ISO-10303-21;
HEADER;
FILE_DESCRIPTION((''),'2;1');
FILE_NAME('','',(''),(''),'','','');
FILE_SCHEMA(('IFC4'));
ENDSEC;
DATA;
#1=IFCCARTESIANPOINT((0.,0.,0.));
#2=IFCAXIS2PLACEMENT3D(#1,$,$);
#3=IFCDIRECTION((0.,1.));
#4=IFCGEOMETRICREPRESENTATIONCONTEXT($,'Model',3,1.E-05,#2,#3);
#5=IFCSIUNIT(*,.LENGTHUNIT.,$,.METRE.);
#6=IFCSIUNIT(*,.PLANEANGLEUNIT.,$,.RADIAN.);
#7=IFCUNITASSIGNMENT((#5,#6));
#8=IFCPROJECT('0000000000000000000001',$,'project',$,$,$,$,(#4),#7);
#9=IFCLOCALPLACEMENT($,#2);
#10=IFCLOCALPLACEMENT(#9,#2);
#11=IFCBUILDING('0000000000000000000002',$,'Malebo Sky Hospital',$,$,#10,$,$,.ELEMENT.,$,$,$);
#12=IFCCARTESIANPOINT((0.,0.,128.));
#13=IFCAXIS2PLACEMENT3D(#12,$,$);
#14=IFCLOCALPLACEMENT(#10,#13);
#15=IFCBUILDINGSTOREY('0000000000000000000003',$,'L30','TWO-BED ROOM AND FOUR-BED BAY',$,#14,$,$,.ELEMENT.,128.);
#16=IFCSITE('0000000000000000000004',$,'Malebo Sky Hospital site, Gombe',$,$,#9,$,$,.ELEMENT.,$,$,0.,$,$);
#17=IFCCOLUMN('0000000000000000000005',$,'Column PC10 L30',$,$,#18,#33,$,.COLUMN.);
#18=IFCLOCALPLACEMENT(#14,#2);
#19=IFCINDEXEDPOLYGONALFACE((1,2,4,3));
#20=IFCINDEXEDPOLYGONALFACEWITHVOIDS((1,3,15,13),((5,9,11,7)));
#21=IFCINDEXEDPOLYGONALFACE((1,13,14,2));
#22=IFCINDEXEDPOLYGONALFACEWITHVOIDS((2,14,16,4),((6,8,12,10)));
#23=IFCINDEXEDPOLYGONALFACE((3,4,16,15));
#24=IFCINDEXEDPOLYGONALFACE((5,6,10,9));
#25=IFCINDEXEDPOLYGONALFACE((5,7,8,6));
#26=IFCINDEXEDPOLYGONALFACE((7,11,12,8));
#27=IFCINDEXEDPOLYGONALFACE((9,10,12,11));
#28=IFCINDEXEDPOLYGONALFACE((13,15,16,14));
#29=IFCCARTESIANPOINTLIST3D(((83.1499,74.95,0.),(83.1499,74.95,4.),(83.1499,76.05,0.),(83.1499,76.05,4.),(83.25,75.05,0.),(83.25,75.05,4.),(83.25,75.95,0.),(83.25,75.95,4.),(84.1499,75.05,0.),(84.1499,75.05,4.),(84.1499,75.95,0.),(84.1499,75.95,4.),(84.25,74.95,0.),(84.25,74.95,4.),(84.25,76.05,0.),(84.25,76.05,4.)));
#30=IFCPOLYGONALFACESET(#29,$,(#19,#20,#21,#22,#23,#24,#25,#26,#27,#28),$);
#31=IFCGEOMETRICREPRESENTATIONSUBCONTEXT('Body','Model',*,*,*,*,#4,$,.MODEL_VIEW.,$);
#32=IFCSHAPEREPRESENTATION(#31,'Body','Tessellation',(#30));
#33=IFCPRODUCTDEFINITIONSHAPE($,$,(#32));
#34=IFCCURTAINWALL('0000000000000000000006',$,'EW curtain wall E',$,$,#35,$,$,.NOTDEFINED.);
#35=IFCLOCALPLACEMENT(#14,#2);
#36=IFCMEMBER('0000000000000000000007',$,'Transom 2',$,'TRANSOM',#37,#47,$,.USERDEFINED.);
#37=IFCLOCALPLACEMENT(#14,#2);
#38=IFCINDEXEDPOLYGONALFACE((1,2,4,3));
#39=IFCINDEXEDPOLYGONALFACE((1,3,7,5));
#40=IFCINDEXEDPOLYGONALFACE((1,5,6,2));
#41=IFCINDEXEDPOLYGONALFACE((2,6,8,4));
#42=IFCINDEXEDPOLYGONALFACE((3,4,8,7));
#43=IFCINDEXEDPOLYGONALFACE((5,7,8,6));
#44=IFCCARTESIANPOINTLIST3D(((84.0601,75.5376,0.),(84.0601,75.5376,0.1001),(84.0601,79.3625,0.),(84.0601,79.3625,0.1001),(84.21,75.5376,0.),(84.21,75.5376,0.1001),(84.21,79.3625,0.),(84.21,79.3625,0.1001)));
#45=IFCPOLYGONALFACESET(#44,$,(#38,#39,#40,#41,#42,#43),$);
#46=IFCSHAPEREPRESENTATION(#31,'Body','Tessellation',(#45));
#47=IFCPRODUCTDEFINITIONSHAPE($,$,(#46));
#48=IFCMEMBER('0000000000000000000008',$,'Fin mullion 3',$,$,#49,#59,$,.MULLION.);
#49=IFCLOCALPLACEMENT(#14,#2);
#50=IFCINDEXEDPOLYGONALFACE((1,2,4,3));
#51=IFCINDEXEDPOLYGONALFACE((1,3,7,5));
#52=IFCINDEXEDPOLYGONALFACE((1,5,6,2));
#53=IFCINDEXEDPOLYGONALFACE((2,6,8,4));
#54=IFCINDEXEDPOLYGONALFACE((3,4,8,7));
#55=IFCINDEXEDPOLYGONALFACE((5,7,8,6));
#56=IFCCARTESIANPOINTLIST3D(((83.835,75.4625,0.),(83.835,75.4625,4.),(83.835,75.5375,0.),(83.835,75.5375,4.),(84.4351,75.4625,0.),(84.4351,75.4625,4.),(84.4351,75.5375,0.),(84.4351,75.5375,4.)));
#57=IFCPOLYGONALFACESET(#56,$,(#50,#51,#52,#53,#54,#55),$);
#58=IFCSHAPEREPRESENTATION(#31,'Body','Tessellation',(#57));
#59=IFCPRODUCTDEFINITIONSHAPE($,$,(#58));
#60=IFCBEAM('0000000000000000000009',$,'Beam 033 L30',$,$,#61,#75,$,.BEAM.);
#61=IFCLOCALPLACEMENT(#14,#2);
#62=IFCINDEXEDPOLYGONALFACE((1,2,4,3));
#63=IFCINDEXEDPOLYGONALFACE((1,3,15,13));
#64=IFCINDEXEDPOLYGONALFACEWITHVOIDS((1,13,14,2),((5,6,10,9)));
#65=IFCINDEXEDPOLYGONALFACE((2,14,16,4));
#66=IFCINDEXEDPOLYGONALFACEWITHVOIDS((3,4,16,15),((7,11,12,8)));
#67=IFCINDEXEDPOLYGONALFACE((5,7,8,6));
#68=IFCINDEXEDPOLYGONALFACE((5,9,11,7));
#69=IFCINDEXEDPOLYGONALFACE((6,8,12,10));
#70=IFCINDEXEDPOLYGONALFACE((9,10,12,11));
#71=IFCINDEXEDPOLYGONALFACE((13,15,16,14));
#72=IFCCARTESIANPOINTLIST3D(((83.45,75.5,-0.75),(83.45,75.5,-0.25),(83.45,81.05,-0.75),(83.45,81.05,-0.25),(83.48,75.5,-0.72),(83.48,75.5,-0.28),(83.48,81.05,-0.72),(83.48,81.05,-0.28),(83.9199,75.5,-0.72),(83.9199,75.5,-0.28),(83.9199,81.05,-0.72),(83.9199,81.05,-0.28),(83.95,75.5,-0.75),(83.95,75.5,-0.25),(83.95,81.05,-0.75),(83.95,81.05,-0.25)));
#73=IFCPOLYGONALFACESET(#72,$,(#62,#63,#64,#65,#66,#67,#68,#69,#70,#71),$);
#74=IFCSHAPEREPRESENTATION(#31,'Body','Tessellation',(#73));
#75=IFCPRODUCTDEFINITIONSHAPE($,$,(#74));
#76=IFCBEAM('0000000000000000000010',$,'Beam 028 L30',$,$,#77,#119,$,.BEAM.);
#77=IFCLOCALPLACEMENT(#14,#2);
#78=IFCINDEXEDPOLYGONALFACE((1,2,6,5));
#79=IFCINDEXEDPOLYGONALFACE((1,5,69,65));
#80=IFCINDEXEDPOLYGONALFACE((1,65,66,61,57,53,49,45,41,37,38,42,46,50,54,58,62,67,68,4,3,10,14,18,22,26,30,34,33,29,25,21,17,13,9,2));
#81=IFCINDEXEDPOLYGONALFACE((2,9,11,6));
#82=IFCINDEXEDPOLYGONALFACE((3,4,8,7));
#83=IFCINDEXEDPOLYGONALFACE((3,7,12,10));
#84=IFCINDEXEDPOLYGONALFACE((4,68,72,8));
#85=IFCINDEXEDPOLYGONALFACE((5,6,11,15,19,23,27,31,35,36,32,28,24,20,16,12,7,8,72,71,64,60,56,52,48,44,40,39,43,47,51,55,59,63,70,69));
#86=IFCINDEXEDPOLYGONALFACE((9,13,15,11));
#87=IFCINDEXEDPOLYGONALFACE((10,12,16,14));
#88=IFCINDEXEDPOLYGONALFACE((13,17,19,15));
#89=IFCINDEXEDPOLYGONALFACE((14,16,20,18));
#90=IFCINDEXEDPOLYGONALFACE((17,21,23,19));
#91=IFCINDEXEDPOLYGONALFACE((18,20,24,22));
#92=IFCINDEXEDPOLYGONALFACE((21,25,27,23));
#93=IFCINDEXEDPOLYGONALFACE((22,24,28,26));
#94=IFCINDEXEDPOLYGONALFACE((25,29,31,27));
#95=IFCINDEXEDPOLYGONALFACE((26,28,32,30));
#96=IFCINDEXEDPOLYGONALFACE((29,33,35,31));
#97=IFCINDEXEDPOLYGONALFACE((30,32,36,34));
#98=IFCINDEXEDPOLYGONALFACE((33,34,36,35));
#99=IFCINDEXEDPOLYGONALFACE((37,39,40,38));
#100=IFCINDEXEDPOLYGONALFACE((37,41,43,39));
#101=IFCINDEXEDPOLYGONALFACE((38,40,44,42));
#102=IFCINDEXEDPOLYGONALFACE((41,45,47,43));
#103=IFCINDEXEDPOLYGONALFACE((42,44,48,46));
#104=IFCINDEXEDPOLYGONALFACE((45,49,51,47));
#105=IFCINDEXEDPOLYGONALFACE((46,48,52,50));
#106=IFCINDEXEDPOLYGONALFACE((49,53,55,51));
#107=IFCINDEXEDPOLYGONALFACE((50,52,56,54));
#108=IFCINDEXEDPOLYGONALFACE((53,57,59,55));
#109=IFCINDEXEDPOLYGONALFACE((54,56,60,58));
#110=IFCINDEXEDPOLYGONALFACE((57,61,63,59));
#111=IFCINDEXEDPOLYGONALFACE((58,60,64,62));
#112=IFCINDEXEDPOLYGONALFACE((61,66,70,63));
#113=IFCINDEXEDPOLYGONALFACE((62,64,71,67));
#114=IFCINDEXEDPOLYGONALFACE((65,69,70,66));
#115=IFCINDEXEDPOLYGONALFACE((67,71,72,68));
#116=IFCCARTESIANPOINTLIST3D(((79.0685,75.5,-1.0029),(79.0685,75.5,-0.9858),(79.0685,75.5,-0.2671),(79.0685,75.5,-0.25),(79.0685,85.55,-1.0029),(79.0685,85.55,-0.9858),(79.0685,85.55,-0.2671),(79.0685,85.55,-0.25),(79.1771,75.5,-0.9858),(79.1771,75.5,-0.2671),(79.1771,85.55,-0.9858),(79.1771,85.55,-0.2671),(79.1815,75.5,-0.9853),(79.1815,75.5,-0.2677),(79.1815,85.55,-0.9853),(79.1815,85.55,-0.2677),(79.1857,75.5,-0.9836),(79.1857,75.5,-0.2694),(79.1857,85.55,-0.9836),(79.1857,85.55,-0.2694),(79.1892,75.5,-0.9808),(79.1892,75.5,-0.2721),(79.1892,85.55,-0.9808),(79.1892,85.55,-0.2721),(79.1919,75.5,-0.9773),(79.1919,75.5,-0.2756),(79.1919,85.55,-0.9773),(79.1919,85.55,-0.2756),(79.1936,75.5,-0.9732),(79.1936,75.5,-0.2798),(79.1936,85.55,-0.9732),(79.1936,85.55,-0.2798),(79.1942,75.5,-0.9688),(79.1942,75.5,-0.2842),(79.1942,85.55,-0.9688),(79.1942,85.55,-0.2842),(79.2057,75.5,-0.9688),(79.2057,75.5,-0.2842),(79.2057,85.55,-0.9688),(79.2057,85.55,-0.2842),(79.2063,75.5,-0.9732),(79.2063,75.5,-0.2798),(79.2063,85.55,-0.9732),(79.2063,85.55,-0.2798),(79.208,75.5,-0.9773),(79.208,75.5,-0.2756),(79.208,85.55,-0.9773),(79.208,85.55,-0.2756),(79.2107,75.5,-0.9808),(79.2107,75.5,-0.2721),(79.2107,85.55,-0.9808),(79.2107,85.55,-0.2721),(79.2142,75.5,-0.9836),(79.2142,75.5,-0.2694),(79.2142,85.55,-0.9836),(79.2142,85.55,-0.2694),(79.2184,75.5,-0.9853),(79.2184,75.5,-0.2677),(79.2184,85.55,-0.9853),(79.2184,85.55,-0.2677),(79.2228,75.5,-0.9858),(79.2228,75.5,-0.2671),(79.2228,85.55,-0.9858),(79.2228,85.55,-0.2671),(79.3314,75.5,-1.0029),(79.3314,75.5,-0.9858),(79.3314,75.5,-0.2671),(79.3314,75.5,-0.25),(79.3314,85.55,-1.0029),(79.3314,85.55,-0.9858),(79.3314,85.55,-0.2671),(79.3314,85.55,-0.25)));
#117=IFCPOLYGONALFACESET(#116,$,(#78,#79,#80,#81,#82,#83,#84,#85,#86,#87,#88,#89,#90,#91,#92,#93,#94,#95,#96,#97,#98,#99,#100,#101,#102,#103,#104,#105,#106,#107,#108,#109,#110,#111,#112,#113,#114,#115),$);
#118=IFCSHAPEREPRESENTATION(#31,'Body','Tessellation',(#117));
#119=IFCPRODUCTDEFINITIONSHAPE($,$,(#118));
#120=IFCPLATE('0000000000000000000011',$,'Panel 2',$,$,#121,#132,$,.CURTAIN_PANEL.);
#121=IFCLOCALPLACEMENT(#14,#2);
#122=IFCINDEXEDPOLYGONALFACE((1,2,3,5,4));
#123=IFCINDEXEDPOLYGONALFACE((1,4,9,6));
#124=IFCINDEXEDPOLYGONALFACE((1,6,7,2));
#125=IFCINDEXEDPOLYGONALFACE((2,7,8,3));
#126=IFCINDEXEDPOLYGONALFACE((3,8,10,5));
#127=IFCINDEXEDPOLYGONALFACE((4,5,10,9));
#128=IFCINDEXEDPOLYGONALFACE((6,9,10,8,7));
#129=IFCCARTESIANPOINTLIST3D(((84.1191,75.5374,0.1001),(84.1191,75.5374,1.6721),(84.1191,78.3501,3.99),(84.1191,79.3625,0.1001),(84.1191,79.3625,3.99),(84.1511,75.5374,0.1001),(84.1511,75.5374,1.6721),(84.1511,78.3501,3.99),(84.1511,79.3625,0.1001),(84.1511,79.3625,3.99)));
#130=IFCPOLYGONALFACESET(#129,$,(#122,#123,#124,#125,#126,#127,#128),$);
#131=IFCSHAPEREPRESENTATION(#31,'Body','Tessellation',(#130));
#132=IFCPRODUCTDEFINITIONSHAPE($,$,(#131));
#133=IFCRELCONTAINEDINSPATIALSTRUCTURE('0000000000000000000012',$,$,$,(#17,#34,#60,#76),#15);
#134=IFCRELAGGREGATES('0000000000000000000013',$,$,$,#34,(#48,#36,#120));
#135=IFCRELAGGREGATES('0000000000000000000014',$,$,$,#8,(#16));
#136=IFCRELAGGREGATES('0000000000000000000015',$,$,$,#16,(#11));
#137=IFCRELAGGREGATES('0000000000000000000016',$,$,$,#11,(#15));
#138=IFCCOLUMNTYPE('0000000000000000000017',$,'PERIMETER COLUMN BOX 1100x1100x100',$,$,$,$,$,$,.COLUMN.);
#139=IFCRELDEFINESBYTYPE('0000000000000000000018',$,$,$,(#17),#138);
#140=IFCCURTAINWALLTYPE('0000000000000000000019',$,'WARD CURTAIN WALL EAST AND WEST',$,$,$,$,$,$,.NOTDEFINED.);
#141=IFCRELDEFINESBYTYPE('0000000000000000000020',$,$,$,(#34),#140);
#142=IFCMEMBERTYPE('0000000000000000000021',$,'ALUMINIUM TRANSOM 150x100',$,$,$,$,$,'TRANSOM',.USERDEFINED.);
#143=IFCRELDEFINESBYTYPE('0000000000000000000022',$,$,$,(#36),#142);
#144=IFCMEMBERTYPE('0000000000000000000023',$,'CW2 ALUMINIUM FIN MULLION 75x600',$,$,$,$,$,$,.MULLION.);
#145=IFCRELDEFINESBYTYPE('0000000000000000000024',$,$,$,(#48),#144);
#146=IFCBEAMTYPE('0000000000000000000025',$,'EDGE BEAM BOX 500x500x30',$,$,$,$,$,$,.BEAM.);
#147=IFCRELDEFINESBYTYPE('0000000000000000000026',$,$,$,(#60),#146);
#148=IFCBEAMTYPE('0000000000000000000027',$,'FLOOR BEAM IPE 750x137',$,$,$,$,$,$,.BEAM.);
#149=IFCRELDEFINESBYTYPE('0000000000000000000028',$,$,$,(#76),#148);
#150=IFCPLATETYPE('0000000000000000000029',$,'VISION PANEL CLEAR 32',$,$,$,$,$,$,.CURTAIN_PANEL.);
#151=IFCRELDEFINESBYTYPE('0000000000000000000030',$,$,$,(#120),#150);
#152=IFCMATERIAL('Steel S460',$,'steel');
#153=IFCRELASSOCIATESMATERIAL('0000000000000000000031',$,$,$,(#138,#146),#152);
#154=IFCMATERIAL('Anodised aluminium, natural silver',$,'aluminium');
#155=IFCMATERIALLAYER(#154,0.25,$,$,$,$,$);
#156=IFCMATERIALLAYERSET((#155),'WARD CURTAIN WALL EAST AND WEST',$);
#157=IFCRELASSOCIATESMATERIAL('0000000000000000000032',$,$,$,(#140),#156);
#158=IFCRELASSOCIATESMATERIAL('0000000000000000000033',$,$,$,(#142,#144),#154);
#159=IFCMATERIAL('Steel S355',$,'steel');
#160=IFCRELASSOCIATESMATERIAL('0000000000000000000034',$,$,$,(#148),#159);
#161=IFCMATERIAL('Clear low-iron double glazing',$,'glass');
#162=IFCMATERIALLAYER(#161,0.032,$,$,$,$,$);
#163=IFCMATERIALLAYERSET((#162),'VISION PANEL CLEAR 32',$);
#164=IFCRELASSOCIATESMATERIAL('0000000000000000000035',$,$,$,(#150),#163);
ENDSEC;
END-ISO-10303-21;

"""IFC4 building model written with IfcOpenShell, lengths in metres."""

from ifc_helpers import new_model, si_unit, direction, frame, origin, origin_2d, place, context, subcontext, project, spatial, polyline, rectangle, hollow_rectangle, i_section, outline, extrude, material, layer, layer_set, material_profile, profile_set, type_object, element, aggregate, save


model = new_model("IFC4")

# Units and contexts
model_context = context("Model", 3, precision=1e-05, world=origin(), true_north=direction((0.0, 1.0)))
body_context = subcontext(model_context, "Body", "Model", "MODEL_VIEW")
ifc_project = project(units=[si_unit("LENGTHUNIT", "METRE"), si_unit("PLANEANGLEUNIT", "RADIAN")], contexts=[model_context])

# Site, building, storey
site_placement = place(None, origin())
site = spatial("IfcSite", under=ifc_project, at=site_placement, Name="Malebo Sky Hospital site, Gombe", CompositionType="ELEMENT", RefElevation=0.0)
building_placement = place(site_placement, origin())
building = spatial("IfcBuilding", under=site, at=building_placement, Name="Malebo Sky Hospital", CompositionType="ELEMENT")
storey_placement = place(building_placement, frame((0.0, 0.0, 128.0)))
storey = spatial("IfcBuildingStorey", under=building, at=storey_placement, Name="L30", Description="TWO-BED ROOM AND FOUR-BED BAY", CompositionType="ELEMENT", Elevation=128.0)

# Column
ifc_material_1 = material(Name="Steel S460", Category="steel")
ifc_material_profile_1 = material_profile(ifc_material_1, hollow_rectangle(XDim=1.1001, YDim=1.1001, WallThickness=0.1001, at=origin_2d()), Name="BOX 1100x1100x100")
ifc_profile_set_1 = profile_set([ifc_material_profile_1], Name="Steel S460")
column_type = type_object("IfcColumnType", Name="PERIMETER COLUMN BOX 1100x1100x100", PredefinedType="COLUMN", material=ifc_profile_set_1)
column_placement = place(storey_placement, frame((83.7, 75.5, 0.0), z_axis=(0.0, 0.0, 1.0), x_axis=(1.0, 0.0, 0.0)))
element("IfcColumn", 1, at=column_placement, inside=storey, type_object=column_type, Name="Column PC10 L30", PredefinedType="COLUMN", context=body_context, shape_type="SweptSolid", body=[
    extrude(hollow_rectangle(XDim=1.1001, YDim=1.1001, WallThickness=0.1001, at=origin_2d()), origin(), (0.0, 0.0, 1.0), 4.0),
])

# Curtain wall, members
ifc_material_2 = material(Name="Anodised aluminium, natural silver", Category="aluminium")
ifc_layer_1 = layer(ifc_material_2, 0.25)
ifc_layer_set_1 = layer_set([ifc_layer_1], Name="WARD CURTAIN WALL EAST AND WEST")
curtain_wall_type = type_object("IfcCurtainWallType", Name="WARD CURTAIN WALL EAST AND WEST", PredefinedType="NOTDEFINED", material=ifc_layer_set_1)
curtain_wall_placement = place(storey_placement, origin())
curtain_wall = element("IfcCurtainWall", 2, at=curtain_wall_placement, inside=storey, type_object=curtain_wall_type, Name="EW curtain wall E", PredefinedType="NOTDEFINED")
ifc_material_profile_2 = material_profile(ifc_material_2, rectangle(XDim=0.1499, YDim=0.1001, at=origin_2d()), Name="ALUMINIUM TRANSOM 150x100")
ifc_profile_set_2 = profile_set([ifc_material_profile_2], Name="Anodised aluminium, natural silver")
member_type_1 = type_object("IfcMemberType", Name="ALUMINIUM TRANSOM 150x100", ElementType="TRANSOM", PredefinedType="USERDEFINED", material=ifc_profile_set_2)
member_1_placement = place(storey_placement, frame((84.135, 79.3625, 0.05), z_axis=(0.0, -1.0, 0.0), x_axis=(1.0, 0.0, 0.0)))
member_1 = element("IfcMember", 3, at=member_1_placement, type_object=member_type_1, Name="Transom 2", ObjectType="TRANSOM", PredefinedType="USERDEFINED", context=body_context, shape_type="SweptSolid", body=[
    extrude(rectangle(XDim=0.1499, YDim=0.1001, at=origin_2d()), origin(), (0.0, 0.0, 1.0), 3.825),
])
ifc_material_profile_3 = material_profile(ifc_material_2, rectangle(XDim=0.075, YDim=0.6001, at=origin_2d()), Name="CW2 ALUMINIUM FIN MULLION 75x600")
ifc_profile_set_3 = profile_set([ifc_material_profile_3], Name="Anodised aluminium, natural silver")
member_type_2 = type_object("IfcMemberType", Name="CW2 ALUMINIUM FIN MULLION 75x600", PredefinedType="MULLION", material=ifc_profile_set_3)
member_2_placement = place(storey_placement, frame((84.135, 75.5, 0.0), z_axis=(0.0, 0.0, 1.0), x_axis=(0.0, -1.0, 0.0)))
member_2 = element("IfcMember", 4, at=member_2_placement, type_object=member_type_2, Name="Fin mullion 3", PredefinedType="MULLION", context=body_context, shape_type="SweptSolid", body=[
    extrude(rectangle(XDim=0.075, YDim=0.6001, at=origin_2d()), origin(), (0.0, 0.0, 1.0), 4.0),
])

# Beams
ifc_material_profile_4 = material_profile(ifc_material_1, hollow_rectangle(XDim=0.5, YDim=0.5, WallThickness=0.03, at=origin_2d()), Name="BOX 500x500x30")
ifc_profile_set_4 = profile_set([ifc_material_profile_4], Name="Steel S460")
beam_type_1 = type_object("IfcBeamType", Name="EDGE BEAM BOX 500x500x30", PredefinedType="BEAM", material=ifc_profile_set_4)
beam_1_placement = place(storey_placement, frame((83.7, 75.5, -0.5), z_axis=(0.0, 1.0, 0.0), x_axis=(-1.0, 0.0, 0.0)))
element("IfcBeam", 5, at=beam_1_placement, inside=storey, type_object=beam_type_1, Name="Beam 033 L30", PredefinedType="BEAM", context=body_context, shape_type="SweptSolid", body=[
    extrude(hollow_rectangle(XDim=0.5, YDim=0.5, WallThickness=0.03, at=origin_2d()), origin(), (0.0, 0.0, 1.0), 5.55),
])
ifc_material_3 = material(Name="Steel S355", Category="steel")
ifc_material_profile_5 = material_profile(ifc_material_3, i_section(OverallWidth=0.2629, OverallDepth=0.7529, WebThickness=0.0115, FlangeThickness=0.0171, FilletRadius=0.0171, at=origin_2d()), Name="IPE 750x137")
ifc_profile_set_5 = profile_set([ifc_material_profile_5], Name="Steel S355")
beam_type_2 = type_object("IfcBeamType", Name="FLOOR BEAM IPE 750x137", PredefinedType="BEAM", material=ifc_profile_set_5)
beam_2_placement = place(storey_placement, frame((79.2, 75.5, -0.6265), z_axis=(0.0, 1.0, 0.0), x_axis=(-1.0, 0.0, 0.0)))
element("IfcBeam", 6, at=beam_2_placement, inside=storey, type_object=beam_type_2, Name="Beam 028 L30", PredefinedType="BEAM", context=body_context, shape_type="SweptSolid", body=[
    extrude(i_section(OverallWidth=0.2629, OverallDepth=0.7529, WebThickness=0.0115, FlangeThickness=0.0171, FilletRadius=0.0171, at=origin_2d()), origin(), (0.0, 0.0, 1.0), 10.05),
])

# Plate
ifc_material_4 = material(Name="Clear low-iron double glazing", Category="glass")
ifc_layer_2 = layer(ifc_material_4, 0.032)
ifc_layer_set_2 = layer_set([ifc_layer_2], Name="VISION PANEL CLEAR 32")
plate_type = type_object("IfcPlateType", Name="VISION PANEL CLEAR 32", PredefinedType="CURTAIN_PANEL", material=ifc_layer_set_2)
plate_placement = place(storey_placement, frame((84.135, 77.45, 0.1001), z_axis=(0.0, 0.0, 1.0), x_axis=(0.0, -1.0, 0.0)))
plate = element("IfcPlate", 7, at=plate_placement, type_object=plate_type, Name="Panel 2", PredefinedType="CURTAIN_PANEL", context=body_context, shape_type="SweptSolid", body=[
    extrude(outline(polyline([(-1.9126, 0.0), (1.9126, 0.0), (1.9126, 1.572), (-0.9001, 3.8899), (-1.9126, 3.8899), (-1.9126, 0.0)])), frame((0.0, 0.0161, 0.0), z_axis=(0.0, -1.0, 0.0), x_axis=(1.0, 0.0, 0.0)), (0.0, 0.0, 1.0), 0.032),
])
aggregate(curtain_wall, [member_2, member_1, plate])

save(model, "model.ifc")
